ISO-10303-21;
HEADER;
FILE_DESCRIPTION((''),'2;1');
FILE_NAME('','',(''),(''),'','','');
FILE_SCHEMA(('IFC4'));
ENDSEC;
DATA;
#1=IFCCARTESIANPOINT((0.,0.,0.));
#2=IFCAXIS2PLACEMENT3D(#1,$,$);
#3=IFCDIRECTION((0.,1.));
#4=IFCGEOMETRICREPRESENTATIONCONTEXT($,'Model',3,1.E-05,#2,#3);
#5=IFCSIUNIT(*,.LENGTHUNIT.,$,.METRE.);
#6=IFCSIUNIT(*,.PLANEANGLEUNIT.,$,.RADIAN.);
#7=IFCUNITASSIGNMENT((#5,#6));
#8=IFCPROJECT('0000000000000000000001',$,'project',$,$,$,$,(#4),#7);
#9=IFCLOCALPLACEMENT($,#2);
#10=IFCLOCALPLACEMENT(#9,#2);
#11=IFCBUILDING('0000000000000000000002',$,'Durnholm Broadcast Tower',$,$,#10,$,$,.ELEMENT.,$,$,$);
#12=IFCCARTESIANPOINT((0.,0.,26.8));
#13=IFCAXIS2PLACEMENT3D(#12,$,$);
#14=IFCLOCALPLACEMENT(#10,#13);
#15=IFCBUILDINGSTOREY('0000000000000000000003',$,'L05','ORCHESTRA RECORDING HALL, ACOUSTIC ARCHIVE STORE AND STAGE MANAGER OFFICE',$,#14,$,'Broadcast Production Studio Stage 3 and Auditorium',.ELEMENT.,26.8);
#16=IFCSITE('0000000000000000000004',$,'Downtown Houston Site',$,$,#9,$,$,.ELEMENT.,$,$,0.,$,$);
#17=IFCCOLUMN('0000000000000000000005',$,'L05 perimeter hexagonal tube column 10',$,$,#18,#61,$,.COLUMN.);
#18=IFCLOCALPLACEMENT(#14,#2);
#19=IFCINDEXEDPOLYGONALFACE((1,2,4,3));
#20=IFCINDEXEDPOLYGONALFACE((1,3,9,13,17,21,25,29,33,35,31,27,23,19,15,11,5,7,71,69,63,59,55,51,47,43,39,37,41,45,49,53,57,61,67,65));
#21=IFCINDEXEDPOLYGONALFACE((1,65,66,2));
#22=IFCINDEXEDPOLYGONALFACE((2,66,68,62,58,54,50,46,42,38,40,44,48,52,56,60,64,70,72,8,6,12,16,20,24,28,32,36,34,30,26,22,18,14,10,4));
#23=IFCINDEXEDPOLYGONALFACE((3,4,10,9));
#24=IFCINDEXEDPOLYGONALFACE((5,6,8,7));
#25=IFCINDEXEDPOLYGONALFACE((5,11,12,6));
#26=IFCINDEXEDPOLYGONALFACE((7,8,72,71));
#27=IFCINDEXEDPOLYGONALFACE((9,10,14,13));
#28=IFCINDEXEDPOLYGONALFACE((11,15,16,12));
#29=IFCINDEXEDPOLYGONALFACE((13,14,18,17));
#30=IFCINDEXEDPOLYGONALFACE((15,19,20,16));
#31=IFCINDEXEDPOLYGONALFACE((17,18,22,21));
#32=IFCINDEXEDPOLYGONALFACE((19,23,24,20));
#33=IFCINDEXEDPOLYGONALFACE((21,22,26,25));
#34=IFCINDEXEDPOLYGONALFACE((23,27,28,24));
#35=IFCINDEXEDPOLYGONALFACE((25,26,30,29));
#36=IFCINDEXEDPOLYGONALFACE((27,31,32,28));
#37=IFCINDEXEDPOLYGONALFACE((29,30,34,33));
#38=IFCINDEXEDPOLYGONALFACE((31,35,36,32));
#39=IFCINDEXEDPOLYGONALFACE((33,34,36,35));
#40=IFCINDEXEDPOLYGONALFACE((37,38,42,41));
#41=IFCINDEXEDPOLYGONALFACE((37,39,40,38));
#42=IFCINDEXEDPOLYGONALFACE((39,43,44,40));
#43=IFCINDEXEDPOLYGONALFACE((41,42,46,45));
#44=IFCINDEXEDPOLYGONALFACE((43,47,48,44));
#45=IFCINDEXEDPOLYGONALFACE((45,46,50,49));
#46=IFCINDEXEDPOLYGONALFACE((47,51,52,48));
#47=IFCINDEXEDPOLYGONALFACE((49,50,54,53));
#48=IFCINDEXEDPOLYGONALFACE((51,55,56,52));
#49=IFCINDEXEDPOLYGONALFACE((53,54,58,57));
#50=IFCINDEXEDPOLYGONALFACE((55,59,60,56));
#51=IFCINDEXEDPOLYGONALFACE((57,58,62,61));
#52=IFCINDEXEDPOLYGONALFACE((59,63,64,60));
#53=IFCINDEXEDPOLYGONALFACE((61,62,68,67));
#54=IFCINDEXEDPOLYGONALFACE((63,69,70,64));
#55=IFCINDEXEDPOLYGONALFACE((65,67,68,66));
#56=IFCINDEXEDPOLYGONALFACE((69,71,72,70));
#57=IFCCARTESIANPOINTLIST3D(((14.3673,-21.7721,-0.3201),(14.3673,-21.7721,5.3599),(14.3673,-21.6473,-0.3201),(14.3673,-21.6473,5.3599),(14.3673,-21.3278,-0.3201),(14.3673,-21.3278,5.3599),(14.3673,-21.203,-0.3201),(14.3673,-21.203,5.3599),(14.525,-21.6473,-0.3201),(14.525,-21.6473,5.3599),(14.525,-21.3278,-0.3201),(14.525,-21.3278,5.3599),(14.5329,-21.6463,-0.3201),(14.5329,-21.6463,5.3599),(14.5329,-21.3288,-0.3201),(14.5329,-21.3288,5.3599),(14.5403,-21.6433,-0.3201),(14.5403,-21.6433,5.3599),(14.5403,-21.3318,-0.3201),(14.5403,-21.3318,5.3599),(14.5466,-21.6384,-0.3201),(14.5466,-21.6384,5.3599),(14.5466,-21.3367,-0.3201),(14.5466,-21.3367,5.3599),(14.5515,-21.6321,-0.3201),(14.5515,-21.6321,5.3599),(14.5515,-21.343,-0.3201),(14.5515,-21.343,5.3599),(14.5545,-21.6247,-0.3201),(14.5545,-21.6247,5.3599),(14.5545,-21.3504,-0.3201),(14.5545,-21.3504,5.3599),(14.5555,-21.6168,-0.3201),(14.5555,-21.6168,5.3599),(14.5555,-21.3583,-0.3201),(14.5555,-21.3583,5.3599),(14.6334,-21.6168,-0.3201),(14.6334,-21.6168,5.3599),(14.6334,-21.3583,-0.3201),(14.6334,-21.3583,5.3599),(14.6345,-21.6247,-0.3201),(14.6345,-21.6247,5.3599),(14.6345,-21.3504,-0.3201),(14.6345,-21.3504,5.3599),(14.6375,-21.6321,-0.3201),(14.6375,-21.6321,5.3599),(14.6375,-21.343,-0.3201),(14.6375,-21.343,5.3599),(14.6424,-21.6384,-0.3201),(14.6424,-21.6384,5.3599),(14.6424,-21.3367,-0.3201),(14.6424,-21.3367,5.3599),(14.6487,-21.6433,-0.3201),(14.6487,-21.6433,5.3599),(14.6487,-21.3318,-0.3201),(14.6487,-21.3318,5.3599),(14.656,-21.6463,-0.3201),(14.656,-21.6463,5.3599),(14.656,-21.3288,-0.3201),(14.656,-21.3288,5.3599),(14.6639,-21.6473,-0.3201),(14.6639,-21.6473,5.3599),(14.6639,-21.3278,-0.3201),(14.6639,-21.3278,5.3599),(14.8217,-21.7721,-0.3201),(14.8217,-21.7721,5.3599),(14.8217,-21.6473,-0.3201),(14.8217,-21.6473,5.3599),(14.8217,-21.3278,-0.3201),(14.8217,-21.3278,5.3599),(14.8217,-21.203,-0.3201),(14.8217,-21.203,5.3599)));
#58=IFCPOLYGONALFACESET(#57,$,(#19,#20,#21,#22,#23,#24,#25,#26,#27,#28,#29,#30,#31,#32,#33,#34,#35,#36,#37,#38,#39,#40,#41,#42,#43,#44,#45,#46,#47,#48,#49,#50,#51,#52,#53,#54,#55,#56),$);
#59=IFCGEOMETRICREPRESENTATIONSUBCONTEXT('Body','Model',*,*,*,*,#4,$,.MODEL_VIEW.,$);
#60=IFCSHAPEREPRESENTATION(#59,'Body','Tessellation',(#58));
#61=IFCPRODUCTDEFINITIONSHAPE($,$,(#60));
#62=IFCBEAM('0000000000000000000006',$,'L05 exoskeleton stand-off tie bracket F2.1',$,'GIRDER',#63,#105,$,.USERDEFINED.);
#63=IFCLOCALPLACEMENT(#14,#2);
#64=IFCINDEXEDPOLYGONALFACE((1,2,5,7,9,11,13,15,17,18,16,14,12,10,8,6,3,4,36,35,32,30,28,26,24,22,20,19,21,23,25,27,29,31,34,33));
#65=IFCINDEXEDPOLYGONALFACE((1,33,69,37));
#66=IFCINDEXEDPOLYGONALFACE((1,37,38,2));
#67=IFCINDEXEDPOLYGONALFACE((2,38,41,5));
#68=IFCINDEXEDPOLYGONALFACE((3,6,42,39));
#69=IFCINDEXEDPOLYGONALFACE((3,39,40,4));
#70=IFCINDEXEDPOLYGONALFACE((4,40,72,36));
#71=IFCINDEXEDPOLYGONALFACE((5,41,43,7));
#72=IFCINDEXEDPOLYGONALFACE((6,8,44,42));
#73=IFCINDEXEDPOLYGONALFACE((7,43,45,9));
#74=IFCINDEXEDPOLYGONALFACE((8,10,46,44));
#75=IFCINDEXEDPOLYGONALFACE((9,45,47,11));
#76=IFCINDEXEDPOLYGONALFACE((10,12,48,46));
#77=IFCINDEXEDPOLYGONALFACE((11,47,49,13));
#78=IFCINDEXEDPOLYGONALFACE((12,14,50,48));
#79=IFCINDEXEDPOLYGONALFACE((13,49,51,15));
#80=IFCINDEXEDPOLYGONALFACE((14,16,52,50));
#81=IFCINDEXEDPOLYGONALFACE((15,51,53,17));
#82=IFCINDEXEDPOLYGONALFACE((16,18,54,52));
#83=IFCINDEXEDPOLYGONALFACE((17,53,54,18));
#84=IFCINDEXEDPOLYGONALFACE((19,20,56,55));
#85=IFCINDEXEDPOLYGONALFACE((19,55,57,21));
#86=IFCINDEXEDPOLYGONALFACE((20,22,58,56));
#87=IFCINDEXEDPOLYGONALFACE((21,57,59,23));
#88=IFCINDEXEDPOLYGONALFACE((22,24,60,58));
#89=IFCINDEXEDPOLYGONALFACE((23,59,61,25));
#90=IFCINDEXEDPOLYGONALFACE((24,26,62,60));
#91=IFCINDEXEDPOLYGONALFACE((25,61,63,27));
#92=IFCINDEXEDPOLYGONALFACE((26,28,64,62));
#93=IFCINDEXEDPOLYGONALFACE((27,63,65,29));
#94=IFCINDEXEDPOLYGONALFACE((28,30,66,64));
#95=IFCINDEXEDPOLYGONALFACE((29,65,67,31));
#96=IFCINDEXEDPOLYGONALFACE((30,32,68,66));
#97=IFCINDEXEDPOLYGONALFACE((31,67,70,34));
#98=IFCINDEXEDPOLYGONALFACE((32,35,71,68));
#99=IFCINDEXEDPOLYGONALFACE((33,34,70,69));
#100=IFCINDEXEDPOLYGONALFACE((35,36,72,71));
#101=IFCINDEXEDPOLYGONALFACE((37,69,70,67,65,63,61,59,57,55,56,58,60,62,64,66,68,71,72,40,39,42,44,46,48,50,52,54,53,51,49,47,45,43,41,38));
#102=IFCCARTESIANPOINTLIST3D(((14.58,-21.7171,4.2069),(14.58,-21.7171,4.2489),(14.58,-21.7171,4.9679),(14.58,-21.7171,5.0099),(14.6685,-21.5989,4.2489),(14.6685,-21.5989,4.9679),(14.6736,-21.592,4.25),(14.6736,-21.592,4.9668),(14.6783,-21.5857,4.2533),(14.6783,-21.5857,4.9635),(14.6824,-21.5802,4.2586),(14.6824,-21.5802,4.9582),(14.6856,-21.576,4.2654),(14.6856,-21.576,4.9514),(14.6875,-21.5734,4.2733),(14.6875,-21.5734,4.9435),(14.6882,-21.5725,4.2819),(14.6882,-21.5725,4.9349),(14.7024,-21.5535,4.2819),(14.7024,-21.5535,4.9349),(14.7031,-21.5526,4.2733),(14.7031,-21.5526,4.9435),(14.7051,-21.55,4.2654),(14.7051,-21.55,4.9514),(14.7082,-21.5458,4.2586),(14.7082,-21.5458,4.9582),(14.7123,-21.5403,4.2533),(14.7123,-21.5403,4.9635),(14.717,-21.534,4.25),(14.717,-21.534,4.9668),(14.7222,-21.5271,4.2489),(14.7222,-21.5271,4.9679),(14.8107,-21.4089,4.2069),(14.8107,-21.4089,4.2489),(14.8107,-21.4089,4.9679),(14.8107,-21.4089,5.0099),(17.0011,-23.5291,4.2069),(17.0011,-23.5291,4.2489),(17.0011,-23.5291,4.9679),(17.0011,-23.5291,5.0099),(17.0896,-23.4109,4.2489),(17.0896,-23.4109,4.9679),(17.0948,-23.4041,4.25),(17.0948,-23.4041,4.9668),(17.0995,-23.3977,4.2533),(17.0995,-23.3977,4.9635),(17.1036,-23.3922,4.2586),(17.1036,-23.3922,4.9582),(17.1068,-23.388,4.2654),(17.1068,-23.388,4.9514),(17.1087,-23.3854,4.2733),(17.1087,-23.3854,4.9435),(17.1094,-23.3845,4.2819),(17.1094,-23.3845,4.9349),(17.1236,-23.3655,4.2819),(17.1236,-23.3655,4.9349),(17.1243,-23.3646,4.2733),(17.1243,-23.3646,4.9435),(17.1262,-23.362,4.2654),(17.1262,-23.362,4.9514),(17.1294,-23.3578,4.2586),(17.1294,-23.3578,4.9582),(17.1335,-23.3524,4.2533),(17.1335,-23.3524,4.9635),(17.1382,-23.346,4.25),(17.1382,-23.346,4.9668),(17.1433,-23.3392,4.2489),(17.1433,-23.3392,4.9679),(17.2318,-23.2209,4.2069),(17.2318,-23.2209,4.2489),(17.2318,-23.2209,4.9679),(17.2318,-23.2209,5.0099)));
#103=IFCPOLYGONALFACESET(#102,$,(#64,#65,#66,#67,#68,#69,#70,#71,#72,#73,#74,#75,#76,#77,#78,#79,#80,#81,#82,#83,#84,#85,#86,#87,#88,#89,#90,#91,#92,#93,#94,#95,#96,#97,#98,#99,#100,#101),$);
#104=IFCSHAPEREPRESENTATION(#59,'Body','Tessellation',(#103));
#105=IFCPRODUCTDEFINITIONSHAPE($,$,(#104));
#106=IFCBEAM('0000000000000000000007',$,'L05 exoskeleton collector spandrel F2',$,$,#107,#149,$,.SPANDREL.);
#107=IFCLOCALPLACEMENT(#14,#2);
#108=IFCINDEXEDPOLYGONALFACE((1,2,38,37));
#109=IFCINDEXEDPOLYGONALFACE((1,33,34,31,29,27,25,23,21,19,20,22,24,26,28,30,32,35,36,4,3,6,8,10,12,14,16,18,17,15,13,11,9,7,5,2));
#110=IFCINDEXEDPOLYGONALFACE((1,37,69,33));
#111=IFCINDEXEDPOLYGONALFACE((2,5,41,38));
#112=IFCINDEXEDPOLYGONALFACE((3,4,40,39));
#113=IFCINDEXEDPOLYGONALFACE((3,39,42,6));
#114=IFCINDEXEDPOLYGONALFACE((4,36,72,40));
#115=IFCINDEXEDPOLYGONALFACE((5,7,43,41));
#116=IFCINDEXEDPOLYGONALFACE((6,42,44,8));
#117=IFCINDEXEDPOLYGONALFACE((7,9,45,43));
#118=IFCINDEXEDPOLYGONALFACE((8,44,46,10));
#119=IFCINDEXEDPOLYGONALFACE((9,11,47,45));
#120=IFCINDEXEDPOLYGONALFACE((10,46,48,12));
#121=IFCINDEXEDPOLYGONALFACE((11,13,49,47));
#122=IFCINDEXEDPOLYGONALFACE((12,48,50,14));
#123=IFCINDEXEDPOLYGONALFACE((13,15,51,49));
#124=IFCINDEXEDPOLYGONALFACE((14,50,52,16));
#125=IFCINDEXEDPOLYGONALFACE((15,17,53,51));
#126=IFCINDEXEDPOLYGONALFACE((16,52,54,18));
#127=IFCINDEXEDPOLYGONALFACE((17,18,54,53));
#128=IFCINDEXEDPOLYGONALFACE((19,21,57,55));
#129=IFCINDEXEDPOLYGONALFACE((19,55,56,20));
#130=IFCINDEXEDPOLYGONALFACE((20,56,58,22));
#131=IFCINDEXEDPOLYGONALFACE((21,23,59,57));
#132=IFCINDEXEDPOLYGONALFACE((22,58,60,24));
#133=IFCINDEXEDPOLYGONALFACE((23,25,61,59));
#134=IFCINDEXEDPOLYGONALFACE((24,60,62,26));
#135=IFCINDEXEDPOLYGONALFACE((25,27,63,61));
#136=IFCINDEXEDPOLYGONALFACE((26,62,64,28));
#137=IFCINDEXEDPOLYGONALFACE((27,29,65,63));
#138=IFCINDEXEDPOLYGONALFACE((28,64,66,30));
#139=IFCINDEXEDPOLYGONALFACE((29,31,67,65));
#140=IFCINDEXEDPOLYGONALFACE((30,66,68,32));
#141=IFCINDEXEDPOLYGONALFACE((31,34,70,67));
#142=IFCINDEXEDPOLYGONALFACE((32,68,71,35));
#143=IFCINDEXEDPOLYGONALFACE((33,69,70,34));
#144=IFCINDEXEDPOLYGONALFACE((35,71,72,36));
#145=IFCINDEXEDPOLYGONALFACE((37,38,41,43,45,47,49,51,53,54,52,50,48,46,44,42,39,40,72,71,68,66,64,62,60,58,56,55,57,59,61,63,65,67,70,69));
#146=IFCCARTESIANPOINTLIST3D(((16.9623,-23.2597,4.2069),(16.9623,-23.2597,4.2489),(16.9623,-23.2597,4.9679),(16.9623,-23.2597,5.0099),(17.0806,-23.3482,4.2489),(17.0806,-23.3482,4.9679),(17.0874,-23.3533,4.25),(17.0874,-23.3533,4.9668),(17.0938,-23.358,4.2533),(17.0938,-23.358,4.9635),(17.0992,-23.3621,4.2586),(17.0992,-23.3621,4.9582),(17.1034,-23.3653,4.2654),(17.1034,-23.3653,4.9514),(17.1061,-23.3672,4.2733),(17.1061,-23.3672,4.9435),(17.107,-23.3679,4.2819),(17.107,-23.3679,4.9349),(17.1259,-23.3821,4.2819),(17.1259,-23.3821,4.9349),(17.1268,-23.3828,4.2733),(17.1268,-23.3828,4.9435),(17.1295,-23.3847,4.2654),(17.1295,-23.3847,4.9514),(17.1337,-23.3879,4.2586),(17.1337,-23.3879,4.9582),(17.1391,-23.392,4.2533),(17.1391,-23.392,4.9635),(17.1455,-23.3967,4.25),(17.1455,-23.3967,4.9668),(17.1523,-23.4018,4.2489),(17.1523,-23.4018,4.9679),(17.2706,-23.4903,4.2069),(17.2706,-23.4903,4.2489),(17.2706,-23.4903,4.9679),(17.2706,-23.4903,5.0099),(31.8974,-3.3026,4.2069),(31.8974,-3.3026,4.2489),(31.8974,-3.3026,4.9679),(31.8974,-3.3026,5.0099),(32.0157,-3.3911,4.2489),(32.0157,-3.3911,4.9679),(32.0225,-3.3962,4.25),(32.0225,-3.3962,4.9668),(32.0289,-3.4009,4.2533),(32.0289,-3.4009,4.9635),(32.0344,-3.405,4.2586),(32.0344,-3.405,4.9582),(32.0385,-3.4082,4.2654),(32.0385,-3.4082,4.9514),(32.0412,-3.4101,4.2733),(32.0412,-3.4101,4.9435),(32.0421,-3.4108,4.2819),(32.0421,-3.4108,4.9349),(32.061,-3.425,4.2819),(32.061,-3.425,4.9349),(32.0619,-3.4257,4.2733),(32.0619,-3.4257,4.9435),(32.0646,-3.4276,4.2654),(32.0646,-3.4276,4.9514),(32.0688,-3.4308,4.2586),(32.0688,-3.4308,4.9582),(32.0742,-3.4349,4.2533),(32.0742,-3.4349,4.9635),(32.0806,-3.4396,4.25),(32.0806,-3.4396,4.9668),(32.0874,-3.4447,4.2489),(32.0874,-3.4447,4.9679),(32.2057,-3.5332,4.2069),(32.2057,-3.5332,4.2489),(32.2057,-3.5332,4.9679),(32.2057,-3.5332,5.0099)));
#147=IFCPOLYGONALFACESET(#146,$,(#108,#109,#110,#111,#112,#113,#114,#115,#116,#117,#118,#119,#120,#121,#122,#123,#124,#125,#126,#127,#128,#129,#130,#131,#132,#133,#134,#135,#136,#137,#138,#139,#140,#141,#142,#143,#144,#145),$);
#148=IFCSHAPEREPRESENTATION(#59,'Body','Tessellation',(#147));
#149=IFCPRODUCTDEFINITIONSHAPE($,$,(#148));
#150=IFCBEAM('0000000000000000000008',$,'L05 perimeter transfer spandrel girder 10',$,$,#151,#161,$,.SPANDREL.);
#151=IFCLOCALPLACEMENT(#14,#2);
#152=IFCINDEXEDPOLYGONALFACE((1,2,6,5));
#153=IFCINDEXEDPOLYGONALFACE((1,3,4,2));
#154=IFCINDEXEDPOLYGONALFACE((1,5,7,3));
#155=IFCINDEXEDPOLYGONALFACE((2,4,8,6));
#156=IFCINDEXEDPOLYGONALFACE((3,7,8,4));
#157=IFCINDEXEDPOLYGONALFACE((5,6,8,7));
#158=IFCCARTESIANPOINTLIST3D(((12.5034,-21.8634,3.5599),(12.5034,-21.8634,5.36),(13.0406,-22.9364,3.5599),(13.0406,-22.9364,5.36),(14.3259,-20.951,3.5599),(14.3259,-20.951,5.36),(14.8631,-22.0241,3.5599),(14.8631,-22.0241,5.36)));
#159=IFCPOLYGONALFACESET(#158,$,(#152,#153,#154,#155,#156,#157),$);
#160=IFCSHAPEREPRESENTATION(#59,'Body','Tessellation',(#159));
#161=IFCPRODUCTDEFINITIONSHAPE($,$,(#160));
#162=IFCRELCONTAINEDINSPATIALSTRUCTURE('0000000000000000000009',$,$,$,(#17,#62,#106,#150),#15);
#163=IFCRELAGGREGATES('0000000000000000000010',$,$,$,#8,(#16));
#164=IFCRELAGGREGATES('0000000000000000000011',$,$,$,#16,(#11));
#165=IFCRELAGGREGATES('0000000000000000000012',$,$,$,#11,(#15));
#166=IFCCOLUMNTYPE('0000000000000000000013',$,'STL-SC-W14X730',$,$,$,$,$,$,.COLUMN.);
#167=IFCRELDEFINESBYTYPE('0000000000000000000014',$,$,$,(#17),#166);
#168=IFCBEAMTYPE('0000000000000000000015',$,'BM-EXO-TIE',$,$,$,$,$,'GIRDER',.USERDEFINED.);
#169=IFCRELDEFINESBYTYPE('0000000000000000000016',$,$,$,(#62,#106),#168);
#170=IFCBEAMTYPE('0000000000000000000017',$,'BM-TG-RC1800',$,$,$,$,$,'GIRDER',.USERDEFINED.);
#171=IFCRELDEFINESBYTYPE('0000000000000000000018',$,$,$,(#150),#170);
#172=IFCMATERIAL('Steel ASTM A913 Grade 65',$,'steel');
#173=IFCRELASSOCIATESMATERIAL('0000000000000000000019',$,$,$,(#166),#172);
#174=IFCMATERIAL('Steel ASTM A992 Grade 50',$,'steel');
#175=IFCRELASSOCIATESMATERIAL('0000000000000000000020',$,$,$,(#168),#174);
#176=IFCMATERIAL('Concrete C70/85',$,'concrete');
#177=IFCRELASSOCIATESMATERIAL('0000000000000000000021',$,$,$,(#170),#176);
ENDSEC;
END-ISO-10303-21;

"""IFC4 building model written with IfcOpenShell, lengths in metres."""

from ifc_helpers import new_model, si_unit, direction, frame, origin, origin_2d, place, context, subcontext, project, spatial, rectangle, i_section, extrude, source, transform, mapped, material, material_profile, profile_set, type_object, type_shapes, element, save


model = new_model("IFC4")

# Units and contexts
model_context = context("Model", 3, precision=1e-05, world=origin(), true_north=direction((0.0, 1.0)))
body_context = subcontext(model_context, "Body", "Model", "MODEL_VIEW")
ifc_project = project(units=[si_unit("LENGTHUNIT", "METRE"), si_unit("PLANEANGLEUNIT", "RADIAN")], contexts=[model_context])

# Site, building, storey
site_placement = place(None, origin())
site = spatial("IfcSite", under=ifc_project, at=site_placement, Name="Downtown Houston Site", CompositionType="ELEMENT", RefElevation=0.0)
building_placement = place(site_placement, origin())
building = spatial("IfcBuilding", under=site, at=building_placement, Name="Durnholm Broadcast Tower", CompositionType="ELEMENT")
storey_placement = place(building_placement, frame((0.0, 0.0, 26.8)))
storey = spatial("IfcBuildingStorey", under=building, at=storey_placement, Name="L05", Description="ORCHESTRA RECORDING HALL, ACOUSTIC ARCHIVE STORE AND STAGE MANAGER OFFICE", LongName="Broadcast Production Studio Stage 3 and Auditorium", CompositionType="ELEMENT", Elevation=26.8)

# Column
ifc_material_1 = material(Name="Steel ASTM A913 Grade 65", Category="steel")
ifc_material_profile_1 = material_profile(ifc_material_1, i_section(OverallWidth=0.4543, OverallDepth=0.5691, WebThickness=0.0779, FlangeThickness=0.1248, FilletRadius=0.0305, at=origin_2d()), Name="W14X730")
ifc_profile_set_1 = profile_set([ifc_material_profile_1], Name="Steel ASTM A913 Grade 65")
column_type = type_object("IfcColumnType", Name="STL-SC-W14X730", PredefinedType="COLUMN", material=ifc_profile_set_1)
shared_shape_1 = source(origin(), body_context, "Body", "SweptSolid", [
    extrude(i_section(OverallWidth=0.4543, OverallDepth=0.5691, WebThickness=0.0779, FlangeThickness=0.1248, FilletRadius=0.0305, at=origin_2d()), origin(), (0.0, 0.0, 1.0), 5.6799),
])
type_shapes(column_type, [shared_shape_1])
column_placement = place(storey_placement, frame((14.5945, -21.4875, -0.3201), z_axis=(0.0, 0.0, 1.0), x_axis=(1.0, 0.0, 0.0)))
element("IfcColumn", 1, at=column_placement, inside=storey, type_object=column_type, Name="L05 perimeter hexagonal tube column 10", PredefinedType="COLUMN", context=body_context, shape_type="MappedRepresentation", body=[
    mapped(shared_shape_1, transform((0.0, 0.0, 0.0), x_axis=(1.0, 0.0, 0.0), y_axis=(0.0, 1.0, 0.0), z_axis=(0.0, 0.0, 1.0), scale=1.0)),
])

# Beams
ifc_material_2 = material(Name="Steel ASTM A992 Grade 50", Category="steel")
ifc_material_profile_2 = material_profile(ifc_material_2, i_section(OverallWidth=0.385, OverallDepth=0.803, WebThickness=0.0237, FlangeThickness=0.042, FilletRadius=0.033, at=origin_2d()), Name="W30X261")
ifc_profile_set_2 = profile_set([ifc_material_profile_2], Name="Steel ASTM A992 Grade 50")
beam_type_1 = type_object("IfcBeamType", Name="BM-EXO-TIE", ElementType="GIRDER", PredefinedType="USERDEFINED", material=ifc_profile_set_2)
shared_shape_2 = source(origin(), body_context, "Body", "SweptSolid", [
    extrude(i_section(OverallWidth=0.385, OverallDepth=0.803, WebThickness=0.0237, FlangeThickness=0.042, FilletRadius=0.033, at=origin_2d()), origin(), (0.0, 0.0, 1.0), 3.0242),
])
beam_1_placement = place(storey_placement, frame((14.6953, -21.563, 4.6084), z_axis=(0.80061, -0.599186, 0.0), x_axis=(0.599186, 0.80061, 0.0)))
element("IfcBeam", 2, at=beam_1_placement, inside=storey, type_object=beam_type_1, Name="L05 exoskeleton stand-off tie bracket F2.1", ObjectType="GIRDER", PredefinedType="USERDEFINED", context=body_context, shape_type="MappedRepresentation", body=[
    mapped(shared_shape_2, transform((0.0, 0.0, 0.0), x_axis=(1.0, 0.0, 0.0), y_axis=(0.0, 1.0, 0.0), z_axis=(0.0, 0.0, 1.0), scale=1.0)),
])
shared_shape_3 = source(origin(), body_context, "Body", "SweptSolid", [
    extrude(i_section(OverallWidth=0.385, OverallDepth=0.803, WebThickness=0.0237, FlangeThickness=0.042, FilletRadius=0.033, at=origin_2d()), origin(), (0.0, 0.0, 1.0), 24.9268),
])
type_shapes(beam_type_1, [shared_shape_2, shared_shape_3])
beam_2_placement = place(storey_placement, frame((17.1165, -23.375, 4.6084), z_axis=(0.59916, 0.80063, 0.0), x_axis=(-0.80063, 0.59916, 0.0)))
element("IfcBeam", 3, at=beam_2_placement, inside=storey, type_object=beam_type_1, Name="L05 exoskeleton collector spandrel F2", PredefinedType="SPANDREL", context=body_context, shape_type="MappedRepresentation", body=[
    mapped(shared_shape_3, transform((0.0, 0.0, 0.0), x_axis=(1.0, 0.0, 0.0), y_axis=(0.0, 1.0, 0.0), z_axis=(0.0, 0.0, 1.0), scale=1.0)),
])
ifc_material_3 = material(Name="Concrete C70/85", Category="concrete")
ifc_material_profile_3 = material_profile(ifc_material_3, rectangle(XDim=1.2, YDim=1.8, at=origin_2d()), Name="RC1200X1800")
ifc_profile_set_3 = profile_set([ifc_material_profile_3], Name="Concrete C70/85")
beam_type_2 = type_object("IfcBeamType", Name="BM-TG-RC1800", ElementType="GIRDER", PredefinedType="USERDEFINED", material=ifc_profile_set_3)
shared_shape_4 = source(origin(), body_context, "Body", "SweptSolid", [
    extrude(rectangle(XDim=1.2, YDim=1.8, at=origin_2d()), origin(), (0.0, 0.0, 1.0), 2.0381),
])
type_shapes(beam_type_2, [shared_shape_4])
beam_3_placement = place(storey_placement, frame((14.5945, -21.4875, 4.46), z_axis=(-0.894211, -0.447645, 0.0), x_axis=(0.447645, -0.894211, 0.0)))
element("IfcBeam", 4, at=beam_3_placement, inside=storey, type_object=beam_type_2, Name="L05 perimeter transfer spandrel girder 10", PredefinedType="SPANDREL", context=body_context, shape_type="MappedRepresentation", body=[
    mapped(shared_shape_4, transform((0.0, 0.0, 0.0), x_axis=(1.0, 0.0, 0.0), y_axis=(0.0, 1.0, 0.0), z_axis=(0.0, 0.0, 1.0), scale=1.0)),
])

save(model, "model.ifc")
